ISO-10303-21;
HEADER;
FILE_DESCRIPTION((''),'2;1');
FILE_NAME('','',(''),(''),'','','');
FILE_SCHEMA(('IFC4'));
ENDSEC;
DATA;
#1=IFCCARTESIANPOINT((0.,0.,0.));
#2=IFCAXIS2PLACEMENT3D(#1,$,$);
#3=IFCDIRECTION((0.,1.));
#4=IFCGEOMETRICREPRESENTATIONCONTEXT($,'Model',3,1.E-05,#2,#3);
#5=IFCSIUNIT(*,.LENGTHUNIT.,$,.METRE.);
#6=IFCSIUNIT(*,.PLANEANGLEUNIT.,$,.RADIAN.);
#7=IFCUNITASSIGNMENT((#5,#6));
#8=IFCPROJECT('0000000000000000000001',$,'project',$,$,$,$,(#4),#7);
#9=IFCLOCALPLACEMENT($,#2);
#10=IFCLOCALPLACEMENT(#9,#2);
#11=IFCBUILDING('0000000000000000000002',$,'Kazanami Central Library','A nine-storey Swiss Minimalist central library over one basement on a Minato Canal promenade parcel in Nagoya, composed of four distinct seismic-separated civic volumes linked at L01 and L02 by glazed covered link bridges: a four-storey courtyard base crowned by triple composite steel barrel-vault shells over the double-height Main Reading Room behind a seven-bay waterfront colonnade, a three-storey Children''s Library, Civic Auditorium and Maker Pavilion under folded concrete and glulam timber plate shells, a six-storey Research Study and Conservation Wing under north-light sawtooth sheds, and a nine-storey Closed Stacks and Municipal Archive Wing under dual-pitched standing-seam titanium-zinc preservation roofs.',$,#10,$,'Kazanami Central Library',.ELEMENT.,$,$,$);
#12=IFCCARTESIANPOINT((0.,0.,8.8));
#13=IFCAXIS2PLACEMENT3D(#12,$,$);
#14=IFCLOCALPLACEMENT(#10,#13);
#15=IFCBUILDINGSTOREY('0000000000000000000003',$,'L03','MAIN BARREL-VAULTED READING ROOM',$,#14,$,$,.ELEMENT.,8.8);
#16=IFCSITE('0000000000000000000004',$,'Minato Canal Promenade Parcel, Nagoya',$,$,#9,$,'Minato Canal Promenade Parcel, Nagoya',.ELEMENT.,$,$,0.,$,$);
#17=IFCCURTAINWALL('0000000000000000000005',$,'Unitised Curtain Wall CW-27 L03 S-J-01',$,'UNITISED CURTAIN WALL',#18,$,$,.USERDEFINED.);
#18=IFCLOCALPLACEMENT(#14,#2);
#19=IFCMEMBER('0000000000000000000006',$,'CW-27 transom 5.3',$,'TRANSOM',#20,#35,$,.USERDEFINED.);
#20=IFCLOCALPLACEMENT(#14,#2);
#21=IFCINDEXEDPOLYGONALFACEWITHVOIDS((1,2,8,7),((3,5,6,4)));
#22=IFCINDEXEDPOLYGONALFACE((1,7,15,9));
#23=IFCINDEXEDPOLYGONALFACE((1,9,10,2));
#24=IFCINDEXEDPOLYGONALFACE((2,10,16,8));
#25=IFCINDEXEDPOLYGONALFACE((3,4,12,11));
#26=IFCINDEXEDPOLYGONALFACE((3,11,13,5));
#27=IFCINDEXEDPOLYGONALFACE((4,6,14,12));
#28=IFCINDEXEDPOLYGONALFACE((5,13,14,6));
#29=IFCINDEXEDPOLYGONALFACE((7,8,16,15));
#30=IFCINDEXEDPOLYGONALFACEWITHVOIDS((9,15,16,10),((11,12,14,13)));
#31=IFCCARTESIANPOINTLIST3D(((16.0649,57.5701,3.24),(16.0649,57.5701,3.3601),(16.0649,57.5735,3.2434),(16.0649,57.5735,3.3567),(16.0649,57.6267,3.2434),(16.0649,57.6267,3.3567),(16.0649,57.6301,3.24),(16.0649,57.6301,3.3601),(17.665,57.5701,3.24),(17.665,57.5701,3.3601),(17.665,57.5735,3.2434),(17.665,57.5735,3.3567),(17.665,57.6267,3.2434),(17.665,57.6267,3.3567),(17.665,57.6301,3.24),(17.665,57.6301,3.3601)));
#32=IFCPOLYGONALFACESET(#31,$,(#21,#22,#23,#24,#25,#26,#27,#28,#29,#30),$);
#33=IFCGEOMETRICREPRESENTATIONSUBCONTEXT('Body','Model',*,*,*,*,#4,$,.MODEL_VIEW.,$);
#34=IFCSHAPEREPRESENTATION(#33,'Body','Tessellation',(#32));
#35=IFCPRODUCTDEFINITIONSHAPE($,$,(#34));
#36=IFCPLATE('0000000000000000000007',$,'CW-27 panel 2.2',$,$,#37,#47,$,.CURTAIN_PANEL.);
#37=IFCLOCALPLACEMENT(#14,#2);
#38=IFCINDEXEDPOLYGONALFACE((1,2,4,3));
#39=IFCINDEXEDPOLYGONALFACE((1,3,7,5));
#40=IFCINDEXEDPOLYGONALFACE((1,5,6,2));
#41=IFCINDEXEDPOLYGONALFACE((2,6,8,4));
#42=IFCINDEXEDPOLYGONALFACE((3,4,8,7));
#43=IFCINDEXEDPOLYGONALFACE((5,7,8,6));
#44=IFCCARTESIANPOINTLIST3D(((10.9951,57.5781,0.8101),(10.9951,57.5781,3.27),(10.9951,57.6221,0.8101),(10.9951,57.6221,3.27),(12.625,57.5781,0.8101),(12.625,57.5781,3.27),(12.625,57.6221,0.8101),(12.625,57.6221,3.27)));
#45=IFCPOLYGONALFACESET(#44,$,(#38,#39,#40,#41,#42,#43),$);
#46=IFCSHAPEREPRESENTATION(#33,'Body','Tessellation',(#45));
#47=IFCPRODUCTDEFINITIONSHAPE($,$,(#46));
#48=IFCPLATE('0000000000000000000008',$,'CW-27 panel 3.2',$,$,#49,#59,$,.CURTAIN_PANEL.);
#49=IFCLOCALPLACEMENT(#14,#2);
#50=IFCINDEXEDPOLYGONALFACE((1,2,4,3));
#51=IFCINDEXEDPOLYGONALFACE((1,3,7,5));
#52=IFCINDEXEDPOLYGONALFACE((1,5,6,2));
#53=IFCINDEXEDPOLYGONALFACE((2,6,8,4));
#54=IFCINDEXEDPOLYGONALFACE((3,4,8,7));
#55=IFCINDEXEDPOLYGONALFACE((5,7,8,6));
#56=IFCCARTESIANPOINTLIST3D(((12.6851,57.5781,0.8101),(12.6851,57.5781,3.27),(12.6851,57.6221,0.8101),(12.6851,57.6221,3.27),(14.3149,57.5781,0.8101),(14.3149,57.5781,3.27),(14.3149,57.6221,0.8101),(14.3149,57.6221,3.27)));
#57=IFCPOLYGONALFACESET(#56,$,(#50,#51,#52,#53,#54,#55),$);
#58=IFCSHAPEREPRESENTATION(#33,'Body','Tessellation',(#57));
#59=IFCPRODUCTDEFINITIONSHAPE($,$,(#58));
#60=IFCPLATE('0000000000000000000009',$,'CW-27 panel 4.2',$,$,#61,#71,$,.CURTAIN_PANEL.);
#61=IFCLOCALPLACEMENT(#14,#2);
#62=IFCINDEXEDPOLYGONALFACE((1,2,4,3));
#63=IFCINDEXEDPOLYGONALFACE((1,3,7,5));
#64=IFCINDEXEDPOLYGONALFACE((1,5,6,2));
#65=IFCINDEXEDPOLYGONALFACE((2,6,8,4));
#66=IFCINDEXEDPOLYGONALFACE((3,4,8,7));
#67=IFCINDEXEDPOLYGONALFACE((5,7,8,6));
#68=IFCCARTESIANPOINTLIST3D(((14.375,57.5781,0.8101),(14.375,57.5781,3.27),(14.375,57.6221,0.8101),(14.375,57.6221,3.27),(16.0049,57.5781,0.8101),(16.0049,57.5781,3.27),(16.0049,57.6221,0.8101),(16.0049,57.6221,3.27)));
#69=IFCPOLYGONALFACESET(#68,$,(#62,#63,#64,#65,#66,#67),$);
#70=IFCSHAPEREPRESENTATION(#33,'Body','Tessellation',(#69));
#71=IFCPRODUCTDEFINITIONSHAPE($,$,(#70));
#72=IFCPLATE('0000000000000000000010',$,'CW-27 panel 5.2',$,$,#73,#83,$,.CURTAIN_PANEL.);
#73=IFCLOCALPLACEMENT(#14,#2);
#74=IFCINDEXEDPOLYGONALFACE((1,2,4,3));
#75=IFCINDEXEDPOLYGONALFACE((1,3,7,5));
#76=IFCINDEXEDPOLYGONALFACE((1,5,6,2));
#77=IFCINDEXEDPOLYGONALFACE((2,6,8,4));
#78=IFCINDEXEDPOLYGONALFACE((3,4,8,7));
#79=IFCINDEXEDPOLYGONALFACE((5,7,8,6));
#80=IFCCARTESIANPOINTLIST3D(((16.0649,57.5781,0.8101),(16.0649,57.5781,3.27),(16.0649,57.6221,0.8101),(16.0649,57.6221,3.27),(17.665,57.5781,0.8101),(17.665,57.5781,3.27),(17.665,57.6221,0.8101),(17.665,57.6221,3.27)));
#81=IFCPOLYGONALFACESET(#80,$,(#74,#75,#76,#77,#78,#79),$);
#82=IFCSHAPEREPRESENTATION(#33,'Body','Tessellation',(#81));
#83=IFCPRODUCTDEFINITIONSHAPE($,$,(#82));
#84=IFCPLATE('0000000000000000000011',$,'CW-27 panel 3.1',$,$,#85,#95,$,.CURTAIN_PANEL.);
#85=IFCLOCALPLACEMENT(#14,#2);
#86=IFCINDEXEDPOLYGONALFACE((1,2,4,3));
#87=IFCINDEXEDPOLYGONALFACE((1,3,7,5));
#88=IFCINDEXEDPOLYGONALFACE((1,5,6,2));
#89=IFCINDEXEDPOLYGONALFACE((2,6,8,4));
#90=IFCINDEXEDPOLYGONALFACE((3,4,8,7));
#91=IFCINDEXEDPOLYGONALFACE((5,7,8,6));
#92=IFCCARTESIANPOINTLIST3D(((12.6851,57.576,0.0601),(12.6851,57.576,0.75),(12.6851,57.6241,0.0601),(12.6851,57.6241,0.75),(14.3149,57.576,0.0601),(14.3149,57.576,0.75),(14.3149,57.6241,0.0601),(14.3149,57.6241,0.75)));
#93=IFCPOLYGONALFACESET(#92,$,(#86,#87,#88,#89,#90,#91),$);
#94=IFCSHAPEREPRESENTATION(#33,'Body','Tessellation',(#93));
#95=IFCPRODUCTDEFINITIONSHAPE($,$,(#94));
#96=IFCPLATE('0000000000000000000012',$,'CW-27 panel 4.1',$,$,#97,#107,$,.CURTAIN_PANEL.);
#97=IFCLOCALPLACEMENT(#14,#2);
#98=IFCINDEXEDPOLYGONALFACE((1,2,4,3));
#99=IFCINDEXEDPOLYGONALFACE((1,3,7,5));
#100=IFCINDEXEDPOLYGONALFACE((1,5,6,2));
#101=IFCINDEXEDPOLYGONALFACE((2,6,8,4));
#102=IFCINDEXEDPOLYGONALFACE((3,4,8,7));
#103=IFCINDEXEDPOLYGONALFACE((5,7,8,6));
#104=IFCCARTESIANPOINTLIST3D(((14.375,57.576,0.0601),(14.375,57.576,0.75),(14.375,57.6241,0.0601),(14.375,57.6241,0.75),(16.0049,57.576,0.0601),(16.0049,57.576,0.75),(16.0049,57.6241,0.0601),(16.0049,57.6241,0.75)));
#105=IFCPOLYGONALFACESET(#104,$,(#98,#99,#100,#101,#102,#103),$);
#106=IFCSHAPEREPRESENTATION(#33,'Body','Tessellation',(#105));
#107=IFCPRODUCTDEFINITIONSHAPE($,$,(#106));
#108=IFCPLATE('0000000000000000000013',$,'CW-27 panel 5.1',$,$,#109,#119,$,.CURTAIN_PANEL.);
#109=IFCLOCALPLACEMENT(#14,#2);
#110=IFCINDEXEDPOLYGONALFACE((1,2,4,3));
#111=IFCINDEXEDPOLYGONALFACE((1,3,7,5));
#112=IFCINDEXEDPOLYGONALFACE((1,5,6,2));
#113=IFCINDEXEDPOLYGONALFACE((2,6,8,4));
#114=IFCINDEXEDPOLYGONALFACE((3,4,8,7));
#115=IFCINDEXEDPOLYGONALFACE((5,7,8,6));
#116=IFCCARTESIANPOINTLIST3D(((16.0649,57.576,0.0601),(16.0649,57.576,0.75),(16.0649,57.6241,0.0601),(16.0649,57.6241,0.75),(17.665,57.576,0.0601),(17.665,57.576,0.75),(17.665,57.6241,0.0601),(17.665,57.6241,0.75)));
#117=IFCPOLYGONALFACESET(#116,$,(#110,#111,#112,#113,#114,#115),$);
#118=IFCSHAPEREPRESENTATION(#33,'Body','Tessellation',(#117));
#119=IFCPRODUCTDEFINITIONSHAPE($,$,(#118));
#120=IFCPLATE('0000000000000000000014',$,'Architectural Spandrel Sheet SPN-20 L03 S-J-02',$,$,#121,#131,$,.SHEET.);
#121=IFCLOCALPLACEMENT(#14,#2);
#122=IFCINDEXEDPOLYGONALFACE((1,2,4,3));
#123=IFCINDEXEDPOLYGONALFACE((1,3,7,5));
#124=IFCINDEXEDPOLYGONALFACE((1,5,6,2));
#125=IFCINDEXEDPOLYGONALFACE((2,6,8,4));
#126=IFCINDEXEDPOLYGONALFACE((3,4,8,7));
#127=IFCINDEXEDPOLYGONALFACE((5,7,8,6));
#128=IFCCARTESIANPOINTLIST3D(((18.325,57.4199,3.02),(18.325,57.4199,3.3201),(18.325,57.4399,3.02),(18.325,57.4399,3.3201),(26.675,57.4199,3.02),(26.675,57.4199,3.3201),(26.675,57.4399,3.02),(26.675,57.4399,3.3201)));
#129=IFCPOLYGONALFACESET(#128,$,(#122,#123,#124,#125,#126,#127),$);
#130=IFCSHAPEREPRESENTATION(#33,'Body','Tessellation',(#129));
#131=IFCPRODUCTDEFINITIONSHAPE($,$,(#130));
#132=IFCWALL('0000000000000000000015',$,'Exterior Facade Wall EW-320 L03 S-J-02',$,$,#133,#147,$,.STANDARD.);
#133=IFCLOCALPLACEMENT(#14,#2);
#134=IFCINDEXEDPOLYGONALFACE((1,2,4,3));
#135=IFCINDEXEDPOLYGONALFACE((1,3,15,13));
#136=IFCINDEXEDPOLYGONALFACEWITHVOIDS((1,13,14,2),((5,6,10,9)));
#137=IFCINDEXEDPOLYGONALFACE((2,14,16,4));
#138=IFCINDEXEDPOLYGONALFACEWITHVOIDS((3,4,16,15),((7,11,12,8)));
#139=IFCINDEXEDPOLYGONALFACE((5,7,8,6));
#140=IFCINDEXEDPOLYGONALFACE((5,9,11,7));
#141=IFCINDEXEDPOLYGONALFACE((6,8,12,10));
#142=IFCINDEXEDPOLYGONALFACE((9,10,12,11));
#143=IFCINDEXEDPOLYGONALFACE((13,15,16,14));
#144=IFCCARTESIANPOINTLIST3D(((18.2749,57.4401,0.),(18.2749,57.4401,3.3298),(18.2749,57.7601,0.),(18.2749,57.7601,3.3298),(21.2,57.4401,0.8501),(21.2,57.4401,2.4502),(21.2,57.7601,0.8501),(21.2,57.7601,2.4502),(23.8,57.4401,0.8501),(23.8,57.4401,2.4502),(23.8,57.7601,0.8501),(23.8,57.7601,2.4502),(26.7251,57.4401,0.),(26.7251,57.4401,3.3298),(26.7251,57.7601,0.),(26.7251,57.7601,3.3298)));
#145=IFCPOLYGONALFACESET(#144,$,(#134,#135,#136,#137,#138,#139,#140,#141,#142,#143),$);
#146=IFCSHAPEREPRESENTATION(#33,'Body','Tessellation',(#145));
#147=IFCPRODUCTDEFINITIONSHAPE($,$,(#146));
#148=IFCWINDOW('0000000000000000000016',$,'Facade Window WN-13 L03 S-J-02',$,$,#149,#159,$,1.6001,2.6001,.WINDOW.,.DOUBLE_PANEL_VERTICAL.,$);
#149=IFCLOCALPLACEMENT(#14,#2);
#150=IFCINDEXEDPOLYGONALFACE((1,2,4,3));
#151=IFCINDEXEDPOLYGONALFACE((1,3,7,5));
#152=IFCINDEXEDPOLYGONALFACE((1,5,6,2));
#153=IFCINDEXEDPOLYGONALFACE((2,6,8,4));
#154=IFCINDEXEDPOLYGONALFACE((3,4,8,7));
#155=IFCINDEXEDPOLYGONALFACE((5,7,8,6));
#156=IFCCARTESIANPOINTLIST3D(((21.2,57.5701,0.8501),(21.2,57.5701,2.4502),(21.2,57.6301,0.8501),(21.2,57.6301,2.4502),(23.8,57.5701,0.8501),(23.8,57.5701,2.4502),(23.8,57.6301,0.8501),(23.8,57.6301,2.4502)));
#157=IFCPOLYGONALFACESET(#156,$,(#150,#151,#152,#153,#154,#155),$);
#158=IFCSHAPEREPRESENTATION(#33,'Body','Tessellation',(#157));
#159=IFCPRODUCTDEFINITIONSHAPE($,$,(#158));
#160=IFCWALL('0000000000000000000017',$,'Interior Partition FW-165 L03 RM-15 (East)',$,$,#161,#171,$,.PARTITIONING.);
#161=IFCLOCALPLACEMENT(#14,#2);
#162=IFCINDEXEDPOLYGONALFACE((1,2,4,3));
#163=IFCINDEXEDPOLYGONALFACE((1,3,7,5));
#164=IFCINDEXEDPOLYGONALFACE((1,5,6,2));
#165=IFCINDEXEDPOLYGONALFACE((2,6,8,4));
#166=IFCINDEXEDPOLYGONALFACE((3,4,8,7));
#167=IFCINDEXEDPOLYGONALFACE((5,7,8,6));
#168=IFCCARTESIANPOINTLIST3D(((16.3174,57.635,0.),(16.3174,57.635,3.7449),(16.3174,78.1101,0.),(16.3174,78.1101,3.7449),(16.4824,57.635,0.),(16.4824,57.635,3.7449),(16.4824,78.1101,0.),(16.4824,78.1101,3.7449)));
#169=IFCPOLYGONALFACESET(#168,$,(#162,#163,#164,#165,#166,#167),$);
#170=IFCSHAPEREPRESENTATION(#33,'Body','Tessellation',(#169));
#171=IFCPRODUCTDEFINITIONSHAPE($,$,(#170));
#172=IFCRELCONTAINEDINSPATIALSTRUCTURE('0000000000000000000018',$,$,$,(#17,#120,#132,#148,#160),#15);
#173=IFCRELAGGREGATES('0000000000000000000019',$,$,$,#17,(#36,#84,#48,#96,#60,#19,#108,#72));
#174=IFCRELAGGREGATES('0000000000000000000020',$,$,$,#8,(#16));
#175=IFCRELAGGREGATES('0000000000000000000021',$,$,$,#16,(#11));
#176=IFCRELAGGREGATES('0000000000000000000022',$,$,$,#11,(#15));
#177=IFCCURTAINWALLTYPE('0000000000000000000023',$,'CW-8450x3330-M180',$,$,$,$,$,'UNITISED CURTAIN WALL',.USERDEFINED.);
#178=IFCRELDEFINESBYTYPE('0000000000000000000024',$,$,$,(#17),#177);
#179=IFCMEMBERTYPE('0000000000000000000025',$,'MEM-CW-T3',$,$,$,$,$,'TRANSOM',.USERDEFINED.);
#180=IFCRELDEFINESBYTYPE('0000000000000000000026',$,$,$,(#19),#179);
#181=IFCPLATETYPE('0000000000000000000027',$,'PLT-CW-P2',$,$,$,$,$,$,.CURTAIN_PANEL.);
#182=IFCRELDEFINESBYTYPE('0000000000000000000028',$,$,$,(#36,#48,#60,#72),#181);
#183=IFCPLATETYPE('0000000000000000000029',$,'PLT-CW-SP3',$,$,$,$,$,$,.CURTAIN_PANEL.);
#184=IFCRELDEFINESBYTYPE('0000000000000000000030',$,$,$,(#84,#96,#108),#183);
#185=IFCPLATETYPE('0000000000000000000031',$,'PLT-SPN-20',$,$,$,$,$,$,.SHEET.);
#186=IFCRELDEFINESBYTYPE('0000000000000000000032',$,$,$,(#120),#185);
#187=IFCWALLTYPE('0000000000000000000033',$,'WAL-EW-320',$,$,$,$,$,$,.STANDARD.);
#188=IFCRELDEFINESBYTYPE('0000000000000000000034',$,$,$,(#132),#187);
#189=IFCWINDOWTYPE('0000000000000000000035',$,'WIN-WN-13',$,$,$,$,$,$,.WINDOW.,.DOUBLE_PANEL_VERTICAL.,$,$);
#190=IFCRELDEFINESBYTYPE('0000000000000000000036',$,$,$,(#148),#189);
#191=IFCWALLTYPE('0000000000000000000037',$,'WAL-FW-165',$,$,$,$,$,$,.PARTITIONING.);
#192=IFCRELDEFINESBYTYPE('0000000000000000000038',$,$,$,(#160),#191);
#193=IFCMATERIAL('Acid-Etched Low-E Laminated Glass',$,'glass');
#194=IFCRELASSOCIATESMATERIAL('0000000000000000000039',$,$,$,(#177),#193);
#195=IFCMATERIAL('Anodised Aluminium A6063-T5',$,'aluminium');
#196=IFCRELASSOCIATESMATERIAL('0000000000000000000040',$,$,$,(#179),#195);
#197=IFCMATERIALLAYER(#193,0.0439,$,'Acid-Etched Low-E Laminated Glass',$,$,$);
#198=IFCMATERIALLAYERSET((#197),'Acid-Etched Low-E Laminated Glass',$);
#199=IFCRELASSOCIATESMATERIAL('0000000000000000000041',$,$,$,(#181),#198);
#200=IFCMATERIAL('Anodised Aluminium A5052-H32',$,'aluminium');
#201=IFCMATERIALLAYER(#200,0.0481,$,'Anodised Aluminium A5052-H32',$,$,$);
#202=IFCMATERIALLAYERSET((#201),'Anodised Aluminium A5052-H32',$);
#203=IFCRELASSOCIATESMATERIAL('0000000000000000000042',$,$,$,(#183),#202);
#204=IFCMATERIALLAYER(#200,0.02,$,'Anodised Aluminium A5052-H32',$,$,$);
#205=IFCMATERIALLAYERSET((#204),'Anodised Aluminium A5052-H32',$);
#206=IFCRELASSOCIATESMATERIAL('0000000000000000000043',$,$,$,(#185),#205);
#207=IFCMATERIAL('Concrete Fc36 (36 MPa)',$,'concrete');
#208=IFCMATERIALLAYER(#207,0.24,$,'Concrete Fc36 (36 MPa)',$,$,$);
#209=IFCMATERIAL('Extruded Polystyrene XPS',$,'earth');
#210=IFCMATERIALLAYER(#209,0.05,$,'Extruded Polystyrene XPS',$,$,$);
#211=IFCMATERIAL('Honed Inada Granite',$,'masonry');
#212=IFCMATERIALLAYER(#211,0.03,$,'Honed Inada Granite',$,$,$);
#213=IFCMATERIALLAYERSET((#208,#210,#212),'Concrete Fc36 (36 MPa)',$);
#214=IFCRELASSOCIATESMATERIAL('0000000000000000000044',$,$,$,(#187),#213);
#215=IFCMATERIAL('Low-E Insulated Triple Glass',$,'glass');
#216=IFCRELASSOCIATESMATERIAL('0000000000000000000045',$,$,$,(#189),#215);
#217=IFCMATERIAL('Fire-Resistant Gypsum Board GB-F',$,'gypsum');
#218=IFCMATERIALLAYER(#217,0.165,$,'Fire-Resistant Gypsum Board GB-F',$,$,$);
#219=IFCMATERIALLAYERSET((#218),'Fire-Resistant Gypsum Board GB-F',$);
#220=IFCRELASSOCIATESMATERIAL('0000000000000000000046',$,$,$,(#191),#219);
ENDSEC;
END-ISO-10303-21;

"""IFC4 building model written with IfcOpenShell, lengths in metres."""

from ifc_helpers import new_model, si_unit, direction, frame, frame_2d, origin, origin_2d, place, context, subcontext, project, spatial, rectangle, hollow_rectangle, extrude, material, layer, layer_set, material_profile, profile_set, type_object, element, fill, aggregate, save


model = new_model("IFC4")

# Units and contexts
model_context = context("Model", 3, precision=1e-05, world=origin(), true_north=direction((0.0, 1.0)))
body_context = subcontext(model_context, "Body", "Model", "MODEL_VIEW")
ifc_project = project(units=[si_unit("LENGTHUNIT", "METRE"), si_unit("PLANEANGLEUNIT", "RADIAN")], contexts=[model_context])

# Site, building, storey
site_placement = place(None, origin())
site = spatial("IfcSite", under=ifc_project, at=site_placement, Name="Minato Canal Promenade Parcel, Nagoya", LongName="Minato Canal Promenade Parcel, Nagoya", CompositionType="ELEMENT", RefElevation=0.0)
building_placement = place(site_placement, origin())
building = spatial("IfcBuilding", under=site, at=building_placement, Name="Kazanami Central Library", Description="A nine-storey Swiss Minimalist central library over one basement on a Minato Canal promenade parcel in Nagoya, composed of four distinct seismic-separated civic volumes linked at L01 and L02 by glazed covered link bridges: a four-storey courtyard base crowned by triple composite steel barrel-vault shells over the double-height Main Reading Room behind a seven-bay waterfront colonnade, a three-storey Children's Library, Civic Auditorium and Maker Pavilion under folded concrete and glulam timber plate shells, a six-storey Research Study and Conservation Wing under north-light sawtooth sheds, and a nine-storey Closed Stacks and Municipal Archive Wing under dual-pitched standing-seam titanium-zinc preservation roofs.", LongName="Kazanami Central Library", CompositionType="ELEMENT")
storey_placement = place(building_placement, frame((0.0, 0.0, 8.8)))
storey = spatial("IfcBuildingStorey", under=building, at=storey_placement, Name="L03", Description="MAIN BARREL-VAULTED READING ROOM", CompositionType="ELEMENT", Elevation=8.8)

# Curtain wall, member, plates
ifc_material_1 = material(Name="Acid-Etched Low-E Laminated Glass", Category="glass")
curtain_wall_type = type_object("IfcCurtainWallType", Name="CW-8450x3330-M180", ElementType="UNITISED CURTAIN WALL", PredefinedType="USERDEFINED", material=ifc_material_1)
curtain_wall_placement = place(storey_placement, origin())
curtain_wall = element("IfcCurtainWall", 1, at=curtain_wall_placement, inside=storey, type_object=curtain_wall_type, Name="Unitised Curtain Wall CW-27 L03 S-J-01", ObjectType="UNITISED CURTAIN WALL", PredefinedType="USERDEFINED")
ifc_material_2 = material(Name="Anodised Aluminium A6063-T5", Category="aluminium")
ifc_material_profile_1 = material_profile(ifc_material_2, hollow_rectangle(XDim=0.0601, YDim=0.1201, WallThickness=0.0034, at=origin_2d()), Name="ALU-TRAN-60x120x3.5")
ifc_profile_set_1 = profile_set([ifc_material_profile_1], Name="Anodised Aluminium A6063-T5")
member_type_1 = type_object("IfcMemberType", Name="MEM-CW-T3", ElementType="TRANSOM", PredefinedType="USERDEFINED", material=ifc_profile_set_1)
member_1_placement = place(storey_placement, frame((16.0649, 57.6001, 3.3), z_axis=(1.0, 0.0, 0.0), x_axis=(0.0, 1.0, 0.0)))
member_1 = element("IfcMember", 2, at=member_1_placement, type_object=member_type_1, Name="CW-27 transom 5.3", ObjectType="TRANSOM", PredefinedType="USERDEFINED", context=body_context, shape_type="SweptSolid", body=[
    extrude(hollow_rectangle(XDim=0.0601, YDim=0.1201, WallThickness=0.0034, at=origin_2d()), origin(), (0.0, 0.0, 1.0), 1.6001),
])
ifc_layer_1 = layer(ifc_material_1, 0.0439, Name="Acid-Etched Low-E Laminated Glass")
ifc_layer_set_1 = layer_set([ifc_layer_1], Name="Acid-Etched Low-E Laminated Glass")
plate_type_1 = type_object("IfcPlateType", Name="PLT-CW-P2", PredefinedType="CURTAIN_PANEL", material=ifc_layer_set_1)
plate_1_placement = place(storey_placement, frame((11.8101, 57.6001, 0.8101), z_axis=(0.0, 0.0, 1.0), x_axis=(1.0, 0.0, 0.0)))
plate_1 = element("IfcPlate", 3, at=plate_1_placement, type_object=plate_type_1, Name="CW-27 panel 2.2", PredefinedType="CURTAIN_PANEL", context=body_context, shape_type="SweptSolid", body=[
    extrude(rectangle(XDim=1.6299, YDim=0.0439, at=origin_2d()), origin(), (0.0, 0.0, 1.0), 2.46),
])
plate_2_placement = place(storey_placement, frame((13.5, 57.6001, 0.8101), z_axis=(0.0, 0.0, 1.0), x_axis=(1.0, 0.0, 0.0)))
plate_2 = element("IfcPlate", 4, at=plate_2_placement, type_object=plate_type_1, Name="CW-27 panel 3.2", PredefinedType="CURTAIN_PANEL", context=body_context, shape_type="SweptSolid", body=[
    extrude(rectangle(XDim=1.6299, YDim=0.0439, at=origin_2d()), origin(), (0.0, 0.0, 1.0), 2.46),
])
plate_3_placement = place(storey_placement, frame((15.1899, 57.6001, 0.8101), z_axis=(0.0, 0.0, 1.0), x_axis=(1.0, 0.0, 0.0)))
plate_3 = element("IfcPlate", 5, at=plate_3_placement, type_object=plate_type_1, Name="CW-27 panel 4.2", PredefinedType="CURTAIN_PANEL", context=body_context, shape_type="SweptSolid", body=[
    extrude(rectangle(XDim=1.6299, YDim=0.0439, at=origin_2d()), origin(), (0.0, 0.0, 1.0), 2.46),
])
plate_4_placement = place(storey_placement, frame((16.865, 57.6001, 0.8101), z_axis=(0.0, 0.0, 1.0), x_axis=(1.0, 0.0, 0.0)))
plate_4 = element("IfcPlate", 6, at=plate_4_placement, type_object=plate_type_1, Name="CW-27 panel 5.2", PredefinedType="CURTAIN_PANEL", context=body_context, shape_type="SweptSolid", body=[
    extrude(rectangle(XDim=1.6001, YDim=0.0439, at=origin_2d()), origin(), (0.0, 0.0, 1.0), 2.46),
])
ifc_material_3 = material(Name="Anodised Aluminium A5052-H32", Category="aluminium")
ifc_layer_2 = layer(ifc_material_3, 0.0481, Name="Anodised Aluminium A5052-H32")
ifc_layer_set_2 = layer_set([ifc_layer_2], Name="Anodised Aluminium A5052-H32")
plate_type_2 = type_object("IfcPlateType", Name="PLT-CW-SP3", PredefinedType="CURTAIN_PANEL", material=ifc_layer_set_2)
plate_5_placement = place(storey_placement, frame((13.5, 57.6001, 0.0601), z_axis=(0.0, 0.0, 1.0), x_axis=(1.0, 0.0, 0.0)))
plate_5 = element("IfcPlate", 7, at=plate_5_placement, type_object=plate_type_2, Name="CW-27 panel 3.1", PredefinedType="CURTAIN_PANEL", context=body_context, shape_type="SweptSolid", body=[
    extrude(rectangle(XDim=1.6299, YDim=0.0481, at=origin_2d()), origin(), (0.0, 0.0, 1.0), 0.6899),
])
plate_6_placement = place(storey_placement, frame((15.1899, 57.6001, 0.0601), z_axis=(0.0, 0.0, 1.0), x_axis=(1.0, 0.0, 0.0)))
plate_6 = element("IfcPlate", 8, at=plate_6_placement, type_object=plate_type_2, Name="CW-27 panel 4.1", PredefinedType="CURTAIN_PANEL", context=body_context, shape_type="SweptSolid", body=[
    extrude(rectangle(XDim=1.6299, YDim=0.0481, at=origin_2d()), origin(), (0.0, 0.0, 1.0), 0.6899),
])
plate_7_placement = place(storey_placement, frame((16.865, 57.6001, 0.0601), z_axis=(0.0, 0.0, 1.0), x_axis=(1.0, 0.0, 0.0)))
plate_7 = element("IfcPlate", 9, at=plate_7_placement, type_object=plate_type_2, Name="CW-27 panel 5.1", PredefinedType="CURTAIN_PANEL", context=body_context, shape_type="SweptSolid", body=[
    extrude(rectangle(XDim=1.6001, YDim=0.0481, at=origin_2d()), origin(), (0.0, 0.0, 1.0), 0.6899),
])
aggregate(curtain_wall, [plate_1, plate_5, plate_2, plate_6, plate_3, member_1, plate_7, plate_4])

# Plate
ifc_layer_3 = layer(ifc_material_3, 0.02, Name="Anodised Aluminium A5052-H32")
ifc_layer_set_3 = layer_set([ifc_layer_3], Name="Anodised Aluminium A5052-H32")
plate_type_3 = type_object("IfcPlateType", Name="PLT-SPN-20", PredefinedType="SHEET", material=ifc_layer_set_3)
plate_8_placement = place(storey_placement, frame((22.5, 57.4299, 3.02), z_axis=(0.0, 0.0, 1.0), x_axis=(1.0, 0.0, 0.0)))
element("IfcPlate", 10, at=plate_8_placement, inside=storey, type_object=plate_type_3, Name="Architectural Spandrel Sheet SPN-20 L03 S-J-02", PredefinedType="SHEET", context=body_context, shape_type="SweptSolid", body=[
    extrude(rectangle(XDim=8.3501, YDim=0.02, at=origin_2d()), origin(), (0.0, 0.0, 1.0), 0.3),
])

# Wall, opening, window
ifc_material_4 = material(Name="Concrete Fc36 (36 MPa)", Category="concrete")
ifc_layer_4 = layer(ifc_material_4, 0.24, Name="Concrete Fc36 (36 MPa)")
ifc_material_5 = material(Name="Extruded Polystyrene XPS", Category="earth")
ifc_layer_5 = layer(ifc_material_5, 0.05, Name="Extruded Polystyrene XPS")
ifc_material_6 = material(Name="Honed Inada Granite", Category="masonry")
ifc_layer_6 = layer(ifc_material_6, 0.03, Name="Honed Inada Granite")
ifc_layer_set_4 = layer_set([ifc_layer_4, ifc_layer_5, ifc_layer_6], Name="Concrete Fc36 (36 MPa)")
wall_type_1 = type_object("IfcWallType", Name="WAL-EW-320", PredefinedType="STANDARD", material=ifc_layer_set_4)
wall_1_placement = place(storey_placement, frame((18.2749, 57.6001, 0.0), z_axis=(0.0, 0.0, 1.0), x_axis=(1.0, 0.0, 0.0)))
wall_1 = element("IfcWall", 11, at=wall_1_placement, inside=storey, type_object=wall_type_1, Name="Exterior Facade Wall EW-320 L03 S-J-02", PredefinedType="STANDARD", context=body_context, shape_type="SweptSolid", body=[
    extrude(rectangle(XDim=8.4502, YDim=0.3201, at=frame_2d((4.2251, 0.0))), origin(), (0.0, 0.0, 1.0), 3.3298),
])
opening_1_placement = place(wall_1_placement, frame((2.925, 0.0, 0.8501)))
opening_1 = element("IfcOpeningElement", 12, at=opening_1_placement, cuts=wall_1, PredefinedType="OPENING", context=body_context, shape_type="SweptSolid", body=[
    extrude(rectangle(XDim=2.6001, YDim=1.6001, at=frame_2d((1.3, 0.8))), frame((0.0, 0.1719, 0.0), z_axis=(0.0, -1.0, 0.0), x_axis=(1.0, 0.0, 0.0)), (0.0, 0.0, 1.0), 0.344),
])
ifc_material_7 = material(Name="Low-E Insulated Triple Glass", Category="glass")
window_type = type_object("IfcWindowType", Name="WIN-WN-13", PartitioningType="DOUBLE_PANEL_VERTICAL", PredefinedType="WINDOW", material=ifc_material_7)
window_placement = place(opening_1_placement, origin())
window = element("IfcWindow", 13, at=window_placement, inside=storey, type_object=window_type, Name="Facade Window WN-13 L03 S-J-02", OverallHeight=1.6001, OverallWidth=2.6001, PartitioningType="DOUBLE_PANEL_VERTICAL", PredefinedType="WINDOW", context=body_context, shape_type="SweptSolid", body=[
    extrude(rectangle(XDim=2.6001, YDim=1.6001, at=frame_2d((1.3, 0.8))), frame((0.0, 0.03, 0.0), z_axis=(0.0, -1.0, 0.0), x_axis=(1.0, 0.0, 0.0)), (0.0, 0.0, 1.0), 0.0601),
])
fill(opening_1, window)

# Wall
ifc_material_8 = material(Name="Fire-Resistant Gypsum Board GB-F", Category="gypsum")
ifc_layer_7 = layer(ifc_material_8, 0.165, Name="Fire-Resistant Gypsum Board GB-F")
ifc_layer_set_5 = layer_set([ifc_layer_7], Name="Fire-Resistant Gypsum Board GB-F")
wall_type_2 = type_object("IfcWallType", Name="WAL-FW-165", PredefinedType="PARTITIONING", material=ifc_layer_set_5)
wall_2_placement = place(storey_placement, frame((16.3999, 57.635, 0.0), z_axis=(0.0, 0.0, 1.0), x_axis=(0.0, 1.0, 0.0)))
element("IfcWall", 14, at=wall_2_placement, inside=storey, type_object=wall_type_2, Name="Interior Partition FW-165 L03 RM-15 (East)", PredefinedType="PARTITIONING", context=body_context, shape_type="SweptSolid", body=[
    extrude(rectangle(XDim=20.4751, YDim=0.165, at=frame_2d((10.2375, 0.0))), origin(), (0.0, 0.0, 1.0), 3.7449),
])

save(model, "model.ifc")
